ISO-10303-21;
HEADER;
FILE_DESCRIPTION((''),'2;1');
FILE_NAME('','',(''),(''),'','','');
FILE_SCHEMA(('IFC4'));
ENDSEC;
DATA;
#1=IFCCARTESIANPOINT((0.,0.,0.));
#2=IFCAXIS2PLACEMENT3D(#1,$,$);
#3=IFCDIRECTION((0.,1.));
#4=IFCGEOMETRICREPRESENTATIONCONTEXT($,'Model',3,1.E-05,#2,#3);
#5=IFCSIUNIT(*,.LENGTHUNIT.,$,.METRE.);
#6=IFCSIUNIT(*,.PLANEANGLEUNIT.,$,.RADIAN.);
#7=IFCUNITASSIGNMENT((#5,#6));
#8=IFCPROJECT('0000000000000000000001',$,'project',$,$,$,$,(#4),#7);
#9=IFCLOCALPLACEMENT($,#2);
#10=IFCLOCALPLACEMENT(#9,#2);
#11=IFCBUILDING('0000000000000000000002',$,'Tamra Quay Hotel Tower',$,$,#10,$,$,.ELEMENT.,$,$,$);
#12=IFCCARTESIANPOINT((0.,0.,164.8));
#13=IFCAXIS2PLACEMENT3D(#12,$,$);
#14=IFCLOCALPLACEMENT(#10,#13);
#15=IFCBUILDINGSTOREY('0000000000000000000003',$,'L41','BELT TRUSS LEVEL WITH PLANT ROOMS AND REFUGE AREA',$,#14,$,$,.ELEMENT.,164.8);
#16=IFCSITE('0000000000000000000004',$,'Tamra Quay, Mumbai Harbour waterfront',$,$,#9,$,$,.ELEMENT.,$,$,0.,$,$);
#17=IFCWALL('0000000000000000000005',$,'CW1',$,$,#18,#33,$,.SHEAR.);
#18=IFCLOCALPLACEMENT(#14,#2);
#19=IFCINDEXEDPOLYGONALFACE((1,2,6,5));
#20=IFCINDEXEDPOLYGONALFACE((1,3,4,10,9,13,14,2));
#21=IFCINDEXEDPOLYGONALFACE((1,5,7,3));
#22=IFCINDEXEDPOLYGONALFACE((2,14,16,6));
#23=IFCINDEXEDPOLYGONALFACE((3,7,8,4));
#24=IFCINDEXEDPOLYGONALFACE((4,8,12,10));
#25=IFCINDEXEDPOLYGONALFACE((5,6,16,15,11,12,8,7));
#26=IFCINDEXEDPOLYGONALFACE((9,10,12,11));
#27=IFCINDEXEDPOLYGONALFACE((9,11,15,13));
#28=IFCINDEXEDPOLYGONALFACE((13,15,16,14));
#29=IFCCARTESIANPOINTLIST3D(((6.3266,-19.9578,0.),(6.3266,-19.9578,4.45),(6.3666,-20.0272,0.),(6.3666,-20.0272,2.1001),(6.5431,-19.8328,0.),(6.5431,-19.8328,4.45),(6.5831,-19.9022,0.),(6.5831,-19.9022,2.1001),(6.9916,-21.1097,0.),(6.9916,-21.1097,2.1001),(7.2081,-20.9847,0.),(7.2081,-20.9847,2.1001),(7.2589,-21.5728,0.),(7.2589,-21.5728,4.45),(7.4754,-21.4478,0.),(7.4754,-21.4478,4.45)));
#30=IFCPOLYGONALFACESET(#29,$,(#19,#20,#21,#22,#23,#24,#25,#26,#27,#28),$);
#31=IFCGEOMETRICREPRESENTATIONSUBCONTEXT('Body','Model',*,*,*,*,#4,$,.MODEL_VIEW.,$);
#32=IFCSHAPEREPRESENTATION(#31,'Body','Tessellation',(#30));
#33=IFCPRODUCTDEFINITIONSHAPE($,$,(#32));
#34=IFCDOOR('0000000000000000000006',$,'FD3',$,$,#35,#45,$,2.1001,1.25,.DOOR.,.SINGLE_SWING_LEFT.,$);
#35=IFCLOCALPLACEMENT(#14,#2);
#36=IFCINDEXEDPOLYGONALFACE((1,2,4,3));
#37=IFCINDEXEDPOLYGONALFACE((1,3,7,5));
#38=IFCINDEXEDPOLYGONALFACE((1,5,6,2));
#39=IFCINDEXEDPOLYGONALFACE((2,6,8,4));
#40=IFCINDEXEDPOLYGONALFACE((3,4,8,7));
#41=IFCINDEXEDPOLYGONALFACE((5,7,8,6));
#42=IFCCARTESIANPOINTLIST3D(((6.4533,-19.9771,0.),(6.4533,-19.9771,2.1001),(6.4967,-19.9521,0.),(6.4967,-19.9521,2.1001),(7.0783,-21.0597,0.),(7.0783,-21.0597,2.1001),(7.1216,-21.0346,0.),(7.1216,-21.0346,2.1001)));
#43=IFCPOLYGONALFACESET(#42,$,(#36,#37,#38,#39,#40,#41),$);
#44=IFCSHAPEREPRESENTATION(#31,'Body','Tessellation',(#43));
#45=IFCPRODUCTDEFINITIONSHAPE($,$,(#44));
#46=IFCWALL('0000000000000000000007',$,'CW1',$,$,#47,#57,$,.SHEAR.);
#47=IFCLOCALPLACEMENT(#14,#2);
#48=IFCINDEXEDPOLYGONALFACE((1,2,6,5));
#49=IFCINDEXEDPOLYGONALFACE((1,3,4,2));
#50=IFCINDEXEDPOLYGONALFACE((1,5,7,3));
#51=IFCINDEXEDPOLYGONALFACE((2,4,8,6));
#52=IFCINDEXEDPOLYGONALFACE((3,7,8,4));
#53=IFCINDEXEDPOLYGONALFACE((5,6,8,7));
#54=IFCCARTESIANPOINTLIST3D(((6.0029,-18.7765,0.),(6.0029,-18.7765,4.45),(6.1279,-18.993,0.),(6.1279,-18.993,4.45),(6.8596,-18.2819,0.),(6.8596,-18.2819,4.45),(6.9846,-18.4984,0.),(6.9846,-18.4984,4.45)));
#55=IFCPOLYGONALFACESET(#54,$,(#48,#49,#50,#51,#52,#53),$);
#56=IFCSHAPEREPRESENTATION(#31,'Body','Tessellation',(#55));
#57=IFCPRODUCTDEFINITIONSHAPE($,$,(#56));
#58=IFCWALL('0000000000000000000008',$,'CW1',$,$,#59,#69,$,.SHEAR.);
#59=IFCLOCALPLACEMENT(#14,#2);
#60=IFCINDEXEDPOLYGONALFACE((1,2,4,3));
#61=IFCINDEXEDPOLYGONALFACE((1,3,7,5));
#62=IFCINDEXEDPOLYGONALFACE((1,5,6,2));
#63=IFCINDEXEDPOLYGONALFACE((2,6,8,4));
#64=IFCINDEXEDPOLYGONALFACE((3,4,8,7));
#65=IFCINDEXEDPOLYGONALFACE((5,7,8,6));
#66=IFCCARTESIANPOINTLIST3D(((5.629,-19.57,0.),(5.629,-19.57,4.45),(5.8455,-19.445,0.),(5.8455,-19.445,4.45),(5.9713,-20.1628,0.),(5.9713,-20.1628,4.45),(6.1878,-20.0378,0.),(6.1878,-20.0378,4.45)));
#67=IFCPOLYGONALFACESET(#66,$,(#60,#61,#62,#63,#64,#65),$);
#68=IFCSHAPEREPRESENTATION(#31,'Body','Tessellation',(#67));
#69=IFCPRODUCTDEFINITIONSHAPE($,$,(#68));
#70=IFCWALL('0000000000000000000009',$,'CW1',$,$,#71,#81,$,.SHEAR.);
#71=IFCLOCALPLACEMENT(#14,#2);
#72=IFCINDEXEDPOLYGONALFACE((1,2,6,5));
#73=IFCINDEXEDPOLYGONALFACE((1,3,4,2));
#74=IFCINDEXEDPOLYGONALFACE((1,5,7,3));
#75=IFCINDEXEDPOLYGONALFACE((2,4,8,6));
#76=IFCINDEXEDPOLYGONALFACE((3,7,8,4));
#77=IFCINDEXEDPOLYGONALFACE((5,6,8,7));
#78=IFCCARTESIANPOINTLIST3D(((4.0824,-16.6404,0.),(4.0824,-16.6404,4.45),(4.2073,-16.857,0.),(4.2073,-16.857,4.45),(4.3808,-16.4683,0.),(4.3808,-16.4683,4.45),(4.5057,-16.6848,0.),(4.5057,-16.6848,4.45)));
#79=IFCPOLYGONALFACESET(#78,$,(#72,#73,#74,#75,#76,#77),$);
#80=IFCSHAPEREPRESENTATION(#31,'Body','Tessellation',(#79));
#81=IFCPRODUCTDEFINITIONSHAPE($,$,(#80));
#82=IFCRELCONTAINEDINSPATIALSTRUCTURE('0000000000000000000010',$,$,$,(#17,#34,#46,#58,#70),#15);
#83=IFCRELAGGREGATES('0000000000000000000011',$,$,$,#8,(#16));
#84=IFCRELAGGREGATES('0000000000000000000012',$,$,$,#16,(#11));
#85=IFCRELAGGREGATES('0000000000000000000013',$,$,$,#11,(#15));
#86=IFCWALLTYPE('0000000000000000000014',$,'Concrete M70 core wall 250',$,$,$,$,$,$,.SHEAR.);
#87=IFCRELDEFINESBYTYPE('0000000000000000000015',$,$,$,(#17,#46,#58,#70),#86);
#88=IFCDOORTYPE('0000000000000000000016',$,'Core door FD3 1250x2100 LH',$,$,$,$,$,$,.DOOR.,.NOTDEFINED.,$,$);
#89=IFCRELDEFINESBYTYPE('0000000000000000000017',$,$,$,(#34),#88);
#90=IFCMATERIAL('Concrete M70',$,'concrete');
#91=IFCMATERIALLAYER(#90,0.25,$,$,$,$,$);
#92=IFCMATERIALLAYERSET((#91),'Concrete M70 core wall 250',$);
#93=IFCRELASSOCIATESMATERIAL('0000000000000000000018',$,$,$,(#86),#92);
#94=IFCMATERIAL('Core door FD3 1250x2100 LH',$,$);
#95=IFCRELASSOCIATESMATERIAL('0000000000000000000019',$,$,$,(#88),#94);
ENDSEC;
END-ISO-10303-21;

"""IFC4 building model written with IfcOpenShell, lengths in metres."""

from ifc_helpers import new_model, si_unit, direction, frame, frame_2d, origin, place, context, subcontext, project, spatial, rectangle, extrude, material, layer, layer_set, type_object, element, fill, save


model = new_model("IFC4")

# Units and contexts
model_context = context("Model", 3, precision=1e-05, world=origin(), true_north=direction((0.0, 1.0)))
body_context = subcontext(model_context, "Body", "Model", "MODEL_VIEW")
ifc_project = project(units=[si_unit("LENGTHUNIT", "METRE"), si_unit("PLANEANGLEUNIT", "RADIAN")], contexts=[model_context])

# Site, building, storey
site_placement = place(None, origin())
site = spatial("IfcSite", under=ifc_project, at=site_placement, Name="Tamra Quay, Mumbai Harbour waterfront", CompositionType="ELEMENT", RefElevation=0.0)
building_placement = place(site_placement, origin())
building = spatial("IfcBuilding", under=site, at=building_placement, Name="Tamra Quay Hotel Tower", CompositionType="ELEMENT")
storey_placement = place(building_placement, frame((0.0, 0.0, 164.8)))
storey = spatial("IfcBuildingStorey", under=building, at=storey_placement, Name="L41", Description="BELT TRUSS LEVEL WITH PLANT ROOMS AND REFUGE AREA", CompositionType="ELEMENT", Elevation=164.8)

# Shared definitions
ifc_material_1 = material(Name="Concrete M70", Category="concrete")

# Shared definitions
ifc_layer_1 = layer(ifc_material_1, 0.25)
ifc_layer_set_1 = layer_set([ifc_layer_1], Name="Concrete M70 core wall 250")
wall_type_1 = type_object("IfcWallType", Name="Concrete M70 core wall 250", PredefinedType="SHEAR", material=ifc_layer_set_1)

# Wall, opening, door
wall_1_placement = place(storey_placement, frame((7.3672, -21.5103, 0.0), z_axis=(0.0, 0.0, 1.0), x_axis=(-0.499983, 0.866035, 0.0)))
wall_1 = element("IfcWall", 1, at=wall_1_placement, inside=storey, type_object=wall_type_1, Name="CW1", PredefinedType="SHEAR", context=body_context, shape_type="SweptSolid", body=[
    extrude(rectangle(XDim=1.8647, YDim=0.25, at=frame_2d((0.9324, 0.0))), origin(), (0.0, 0.0, 1.0), 4.45),
])
opening_1_placement = place(wall_1_placement, frame((0.5347, 0.0, 0.0)))
opening_1 = element("IfcOpeningElement", 2, at=opening_1_placement, cuts=wall_1, PredefinedType="OPENING", context=body_context, shape_type="SweptSolid", body=[
    extrude(rectangle(XDim=1.25, YDim=2.1001, at=frame_2d((0.625, 1.05))), frame((0.0, 0.135, 0.0), z_axis=(0.0, -1.0, 0.0), x_axis=(1.0, 0.0, 0.0)), (0.0, 0.0, 1.0), 0.27),
])
ifc_material_2 = material(Name="Core door FD3 1250x2100 LH")
door_type_1 = type_object("IfcDoorType", Name="Core door FD3 1250x2100 LH", OperationType="NOTDEFINED", PredefinedType="DOOR", material=ifc_material_2)
door_1_placement = place(opening_1_placement, origin())
door_1 = element("IfcDoor", 3, at=door_1_placement, inside=storey, type_object=door_type_1, Name="FD3", OperationType="SINGLE_SWING_LEFT", OverallHeight=2.1001, OverallWidth=1.25, PredefinedType="DOOR", context=body_context, shape_type="SweptSolid", body=[
    extrude(rectangle(XDim=1.25, YDim=2.1001, at=frame_2d((0.625, 1.05))), frame((0.0, 0.0249, 0.0), z_axis=(0.0, -1.0, 0.0), x_axis=(1.0, 0.0, 0.0)), (0.0, 0.0, 1.0), 0.05),
])
fill(opening_1, door_1)

# Walls
wall_2_placement = place(storey_placement, frame((6.0654, -18.8848, 0.0), z_axis=(0.0, 0.0, 1.0), x_axis=(0.866017, 0.500014, 0.0)))
element("IfcWall", 4, at=wall_2_placement, inside=storey, type_object=wall_type_1, Name="CW1", PredefinedType="SHEAR", context=body_context, shape_type="SweptSolid", body=[
    extrude(rectangle(XDim=0.9893, YDim=0.25, at=frame_2d((0.4946, 0.0))), origin(), (0.0, 0.0, 1.0), 4.45),
])
wall_3_placement = place(storey_placement, frame((6.0796, -20.1003, 0.0), z_axis=(0.0, 0.0, 1.0), x_axis=(-0.500052, 0.865996, 0.0)))
element("IfcWall", 5, at=wall_3_placement, inside=storey, type_object=wall_type_1, Name="CW1", PredefinedType="SHEAR", context=body_context, shape_type="SweptSolid", body=[
    extrude(rectangle(XDim=0.6846, YDim=0.25, at=frame_2d((0.3423, 0.0))), origin(), (0.0, 0.0, 1.0), 4.45),
])
wall_4_placement = place(storey_placement, frame((4.1448, -16.7488, 0.0), z_axis=(0.0, 0.0, 1.0), x_axis=(0.866186, 0.499722, 0.0)))
element("IfcWall", 6, at=wall_4_placement, inside=storey, type_object=wall_type_1, Name="CW1", PredefinedType="SHEAR", context=body_context, shape_type="SweptSolid", body=[
    extrude(rectangle(XDim=0.3445, YDim=0.25, at=frame_2d((0.1724, 0.0))), origin(), (0.0, 0.0, 1.0), 4.45),
])

save(model, "model.ifc")
